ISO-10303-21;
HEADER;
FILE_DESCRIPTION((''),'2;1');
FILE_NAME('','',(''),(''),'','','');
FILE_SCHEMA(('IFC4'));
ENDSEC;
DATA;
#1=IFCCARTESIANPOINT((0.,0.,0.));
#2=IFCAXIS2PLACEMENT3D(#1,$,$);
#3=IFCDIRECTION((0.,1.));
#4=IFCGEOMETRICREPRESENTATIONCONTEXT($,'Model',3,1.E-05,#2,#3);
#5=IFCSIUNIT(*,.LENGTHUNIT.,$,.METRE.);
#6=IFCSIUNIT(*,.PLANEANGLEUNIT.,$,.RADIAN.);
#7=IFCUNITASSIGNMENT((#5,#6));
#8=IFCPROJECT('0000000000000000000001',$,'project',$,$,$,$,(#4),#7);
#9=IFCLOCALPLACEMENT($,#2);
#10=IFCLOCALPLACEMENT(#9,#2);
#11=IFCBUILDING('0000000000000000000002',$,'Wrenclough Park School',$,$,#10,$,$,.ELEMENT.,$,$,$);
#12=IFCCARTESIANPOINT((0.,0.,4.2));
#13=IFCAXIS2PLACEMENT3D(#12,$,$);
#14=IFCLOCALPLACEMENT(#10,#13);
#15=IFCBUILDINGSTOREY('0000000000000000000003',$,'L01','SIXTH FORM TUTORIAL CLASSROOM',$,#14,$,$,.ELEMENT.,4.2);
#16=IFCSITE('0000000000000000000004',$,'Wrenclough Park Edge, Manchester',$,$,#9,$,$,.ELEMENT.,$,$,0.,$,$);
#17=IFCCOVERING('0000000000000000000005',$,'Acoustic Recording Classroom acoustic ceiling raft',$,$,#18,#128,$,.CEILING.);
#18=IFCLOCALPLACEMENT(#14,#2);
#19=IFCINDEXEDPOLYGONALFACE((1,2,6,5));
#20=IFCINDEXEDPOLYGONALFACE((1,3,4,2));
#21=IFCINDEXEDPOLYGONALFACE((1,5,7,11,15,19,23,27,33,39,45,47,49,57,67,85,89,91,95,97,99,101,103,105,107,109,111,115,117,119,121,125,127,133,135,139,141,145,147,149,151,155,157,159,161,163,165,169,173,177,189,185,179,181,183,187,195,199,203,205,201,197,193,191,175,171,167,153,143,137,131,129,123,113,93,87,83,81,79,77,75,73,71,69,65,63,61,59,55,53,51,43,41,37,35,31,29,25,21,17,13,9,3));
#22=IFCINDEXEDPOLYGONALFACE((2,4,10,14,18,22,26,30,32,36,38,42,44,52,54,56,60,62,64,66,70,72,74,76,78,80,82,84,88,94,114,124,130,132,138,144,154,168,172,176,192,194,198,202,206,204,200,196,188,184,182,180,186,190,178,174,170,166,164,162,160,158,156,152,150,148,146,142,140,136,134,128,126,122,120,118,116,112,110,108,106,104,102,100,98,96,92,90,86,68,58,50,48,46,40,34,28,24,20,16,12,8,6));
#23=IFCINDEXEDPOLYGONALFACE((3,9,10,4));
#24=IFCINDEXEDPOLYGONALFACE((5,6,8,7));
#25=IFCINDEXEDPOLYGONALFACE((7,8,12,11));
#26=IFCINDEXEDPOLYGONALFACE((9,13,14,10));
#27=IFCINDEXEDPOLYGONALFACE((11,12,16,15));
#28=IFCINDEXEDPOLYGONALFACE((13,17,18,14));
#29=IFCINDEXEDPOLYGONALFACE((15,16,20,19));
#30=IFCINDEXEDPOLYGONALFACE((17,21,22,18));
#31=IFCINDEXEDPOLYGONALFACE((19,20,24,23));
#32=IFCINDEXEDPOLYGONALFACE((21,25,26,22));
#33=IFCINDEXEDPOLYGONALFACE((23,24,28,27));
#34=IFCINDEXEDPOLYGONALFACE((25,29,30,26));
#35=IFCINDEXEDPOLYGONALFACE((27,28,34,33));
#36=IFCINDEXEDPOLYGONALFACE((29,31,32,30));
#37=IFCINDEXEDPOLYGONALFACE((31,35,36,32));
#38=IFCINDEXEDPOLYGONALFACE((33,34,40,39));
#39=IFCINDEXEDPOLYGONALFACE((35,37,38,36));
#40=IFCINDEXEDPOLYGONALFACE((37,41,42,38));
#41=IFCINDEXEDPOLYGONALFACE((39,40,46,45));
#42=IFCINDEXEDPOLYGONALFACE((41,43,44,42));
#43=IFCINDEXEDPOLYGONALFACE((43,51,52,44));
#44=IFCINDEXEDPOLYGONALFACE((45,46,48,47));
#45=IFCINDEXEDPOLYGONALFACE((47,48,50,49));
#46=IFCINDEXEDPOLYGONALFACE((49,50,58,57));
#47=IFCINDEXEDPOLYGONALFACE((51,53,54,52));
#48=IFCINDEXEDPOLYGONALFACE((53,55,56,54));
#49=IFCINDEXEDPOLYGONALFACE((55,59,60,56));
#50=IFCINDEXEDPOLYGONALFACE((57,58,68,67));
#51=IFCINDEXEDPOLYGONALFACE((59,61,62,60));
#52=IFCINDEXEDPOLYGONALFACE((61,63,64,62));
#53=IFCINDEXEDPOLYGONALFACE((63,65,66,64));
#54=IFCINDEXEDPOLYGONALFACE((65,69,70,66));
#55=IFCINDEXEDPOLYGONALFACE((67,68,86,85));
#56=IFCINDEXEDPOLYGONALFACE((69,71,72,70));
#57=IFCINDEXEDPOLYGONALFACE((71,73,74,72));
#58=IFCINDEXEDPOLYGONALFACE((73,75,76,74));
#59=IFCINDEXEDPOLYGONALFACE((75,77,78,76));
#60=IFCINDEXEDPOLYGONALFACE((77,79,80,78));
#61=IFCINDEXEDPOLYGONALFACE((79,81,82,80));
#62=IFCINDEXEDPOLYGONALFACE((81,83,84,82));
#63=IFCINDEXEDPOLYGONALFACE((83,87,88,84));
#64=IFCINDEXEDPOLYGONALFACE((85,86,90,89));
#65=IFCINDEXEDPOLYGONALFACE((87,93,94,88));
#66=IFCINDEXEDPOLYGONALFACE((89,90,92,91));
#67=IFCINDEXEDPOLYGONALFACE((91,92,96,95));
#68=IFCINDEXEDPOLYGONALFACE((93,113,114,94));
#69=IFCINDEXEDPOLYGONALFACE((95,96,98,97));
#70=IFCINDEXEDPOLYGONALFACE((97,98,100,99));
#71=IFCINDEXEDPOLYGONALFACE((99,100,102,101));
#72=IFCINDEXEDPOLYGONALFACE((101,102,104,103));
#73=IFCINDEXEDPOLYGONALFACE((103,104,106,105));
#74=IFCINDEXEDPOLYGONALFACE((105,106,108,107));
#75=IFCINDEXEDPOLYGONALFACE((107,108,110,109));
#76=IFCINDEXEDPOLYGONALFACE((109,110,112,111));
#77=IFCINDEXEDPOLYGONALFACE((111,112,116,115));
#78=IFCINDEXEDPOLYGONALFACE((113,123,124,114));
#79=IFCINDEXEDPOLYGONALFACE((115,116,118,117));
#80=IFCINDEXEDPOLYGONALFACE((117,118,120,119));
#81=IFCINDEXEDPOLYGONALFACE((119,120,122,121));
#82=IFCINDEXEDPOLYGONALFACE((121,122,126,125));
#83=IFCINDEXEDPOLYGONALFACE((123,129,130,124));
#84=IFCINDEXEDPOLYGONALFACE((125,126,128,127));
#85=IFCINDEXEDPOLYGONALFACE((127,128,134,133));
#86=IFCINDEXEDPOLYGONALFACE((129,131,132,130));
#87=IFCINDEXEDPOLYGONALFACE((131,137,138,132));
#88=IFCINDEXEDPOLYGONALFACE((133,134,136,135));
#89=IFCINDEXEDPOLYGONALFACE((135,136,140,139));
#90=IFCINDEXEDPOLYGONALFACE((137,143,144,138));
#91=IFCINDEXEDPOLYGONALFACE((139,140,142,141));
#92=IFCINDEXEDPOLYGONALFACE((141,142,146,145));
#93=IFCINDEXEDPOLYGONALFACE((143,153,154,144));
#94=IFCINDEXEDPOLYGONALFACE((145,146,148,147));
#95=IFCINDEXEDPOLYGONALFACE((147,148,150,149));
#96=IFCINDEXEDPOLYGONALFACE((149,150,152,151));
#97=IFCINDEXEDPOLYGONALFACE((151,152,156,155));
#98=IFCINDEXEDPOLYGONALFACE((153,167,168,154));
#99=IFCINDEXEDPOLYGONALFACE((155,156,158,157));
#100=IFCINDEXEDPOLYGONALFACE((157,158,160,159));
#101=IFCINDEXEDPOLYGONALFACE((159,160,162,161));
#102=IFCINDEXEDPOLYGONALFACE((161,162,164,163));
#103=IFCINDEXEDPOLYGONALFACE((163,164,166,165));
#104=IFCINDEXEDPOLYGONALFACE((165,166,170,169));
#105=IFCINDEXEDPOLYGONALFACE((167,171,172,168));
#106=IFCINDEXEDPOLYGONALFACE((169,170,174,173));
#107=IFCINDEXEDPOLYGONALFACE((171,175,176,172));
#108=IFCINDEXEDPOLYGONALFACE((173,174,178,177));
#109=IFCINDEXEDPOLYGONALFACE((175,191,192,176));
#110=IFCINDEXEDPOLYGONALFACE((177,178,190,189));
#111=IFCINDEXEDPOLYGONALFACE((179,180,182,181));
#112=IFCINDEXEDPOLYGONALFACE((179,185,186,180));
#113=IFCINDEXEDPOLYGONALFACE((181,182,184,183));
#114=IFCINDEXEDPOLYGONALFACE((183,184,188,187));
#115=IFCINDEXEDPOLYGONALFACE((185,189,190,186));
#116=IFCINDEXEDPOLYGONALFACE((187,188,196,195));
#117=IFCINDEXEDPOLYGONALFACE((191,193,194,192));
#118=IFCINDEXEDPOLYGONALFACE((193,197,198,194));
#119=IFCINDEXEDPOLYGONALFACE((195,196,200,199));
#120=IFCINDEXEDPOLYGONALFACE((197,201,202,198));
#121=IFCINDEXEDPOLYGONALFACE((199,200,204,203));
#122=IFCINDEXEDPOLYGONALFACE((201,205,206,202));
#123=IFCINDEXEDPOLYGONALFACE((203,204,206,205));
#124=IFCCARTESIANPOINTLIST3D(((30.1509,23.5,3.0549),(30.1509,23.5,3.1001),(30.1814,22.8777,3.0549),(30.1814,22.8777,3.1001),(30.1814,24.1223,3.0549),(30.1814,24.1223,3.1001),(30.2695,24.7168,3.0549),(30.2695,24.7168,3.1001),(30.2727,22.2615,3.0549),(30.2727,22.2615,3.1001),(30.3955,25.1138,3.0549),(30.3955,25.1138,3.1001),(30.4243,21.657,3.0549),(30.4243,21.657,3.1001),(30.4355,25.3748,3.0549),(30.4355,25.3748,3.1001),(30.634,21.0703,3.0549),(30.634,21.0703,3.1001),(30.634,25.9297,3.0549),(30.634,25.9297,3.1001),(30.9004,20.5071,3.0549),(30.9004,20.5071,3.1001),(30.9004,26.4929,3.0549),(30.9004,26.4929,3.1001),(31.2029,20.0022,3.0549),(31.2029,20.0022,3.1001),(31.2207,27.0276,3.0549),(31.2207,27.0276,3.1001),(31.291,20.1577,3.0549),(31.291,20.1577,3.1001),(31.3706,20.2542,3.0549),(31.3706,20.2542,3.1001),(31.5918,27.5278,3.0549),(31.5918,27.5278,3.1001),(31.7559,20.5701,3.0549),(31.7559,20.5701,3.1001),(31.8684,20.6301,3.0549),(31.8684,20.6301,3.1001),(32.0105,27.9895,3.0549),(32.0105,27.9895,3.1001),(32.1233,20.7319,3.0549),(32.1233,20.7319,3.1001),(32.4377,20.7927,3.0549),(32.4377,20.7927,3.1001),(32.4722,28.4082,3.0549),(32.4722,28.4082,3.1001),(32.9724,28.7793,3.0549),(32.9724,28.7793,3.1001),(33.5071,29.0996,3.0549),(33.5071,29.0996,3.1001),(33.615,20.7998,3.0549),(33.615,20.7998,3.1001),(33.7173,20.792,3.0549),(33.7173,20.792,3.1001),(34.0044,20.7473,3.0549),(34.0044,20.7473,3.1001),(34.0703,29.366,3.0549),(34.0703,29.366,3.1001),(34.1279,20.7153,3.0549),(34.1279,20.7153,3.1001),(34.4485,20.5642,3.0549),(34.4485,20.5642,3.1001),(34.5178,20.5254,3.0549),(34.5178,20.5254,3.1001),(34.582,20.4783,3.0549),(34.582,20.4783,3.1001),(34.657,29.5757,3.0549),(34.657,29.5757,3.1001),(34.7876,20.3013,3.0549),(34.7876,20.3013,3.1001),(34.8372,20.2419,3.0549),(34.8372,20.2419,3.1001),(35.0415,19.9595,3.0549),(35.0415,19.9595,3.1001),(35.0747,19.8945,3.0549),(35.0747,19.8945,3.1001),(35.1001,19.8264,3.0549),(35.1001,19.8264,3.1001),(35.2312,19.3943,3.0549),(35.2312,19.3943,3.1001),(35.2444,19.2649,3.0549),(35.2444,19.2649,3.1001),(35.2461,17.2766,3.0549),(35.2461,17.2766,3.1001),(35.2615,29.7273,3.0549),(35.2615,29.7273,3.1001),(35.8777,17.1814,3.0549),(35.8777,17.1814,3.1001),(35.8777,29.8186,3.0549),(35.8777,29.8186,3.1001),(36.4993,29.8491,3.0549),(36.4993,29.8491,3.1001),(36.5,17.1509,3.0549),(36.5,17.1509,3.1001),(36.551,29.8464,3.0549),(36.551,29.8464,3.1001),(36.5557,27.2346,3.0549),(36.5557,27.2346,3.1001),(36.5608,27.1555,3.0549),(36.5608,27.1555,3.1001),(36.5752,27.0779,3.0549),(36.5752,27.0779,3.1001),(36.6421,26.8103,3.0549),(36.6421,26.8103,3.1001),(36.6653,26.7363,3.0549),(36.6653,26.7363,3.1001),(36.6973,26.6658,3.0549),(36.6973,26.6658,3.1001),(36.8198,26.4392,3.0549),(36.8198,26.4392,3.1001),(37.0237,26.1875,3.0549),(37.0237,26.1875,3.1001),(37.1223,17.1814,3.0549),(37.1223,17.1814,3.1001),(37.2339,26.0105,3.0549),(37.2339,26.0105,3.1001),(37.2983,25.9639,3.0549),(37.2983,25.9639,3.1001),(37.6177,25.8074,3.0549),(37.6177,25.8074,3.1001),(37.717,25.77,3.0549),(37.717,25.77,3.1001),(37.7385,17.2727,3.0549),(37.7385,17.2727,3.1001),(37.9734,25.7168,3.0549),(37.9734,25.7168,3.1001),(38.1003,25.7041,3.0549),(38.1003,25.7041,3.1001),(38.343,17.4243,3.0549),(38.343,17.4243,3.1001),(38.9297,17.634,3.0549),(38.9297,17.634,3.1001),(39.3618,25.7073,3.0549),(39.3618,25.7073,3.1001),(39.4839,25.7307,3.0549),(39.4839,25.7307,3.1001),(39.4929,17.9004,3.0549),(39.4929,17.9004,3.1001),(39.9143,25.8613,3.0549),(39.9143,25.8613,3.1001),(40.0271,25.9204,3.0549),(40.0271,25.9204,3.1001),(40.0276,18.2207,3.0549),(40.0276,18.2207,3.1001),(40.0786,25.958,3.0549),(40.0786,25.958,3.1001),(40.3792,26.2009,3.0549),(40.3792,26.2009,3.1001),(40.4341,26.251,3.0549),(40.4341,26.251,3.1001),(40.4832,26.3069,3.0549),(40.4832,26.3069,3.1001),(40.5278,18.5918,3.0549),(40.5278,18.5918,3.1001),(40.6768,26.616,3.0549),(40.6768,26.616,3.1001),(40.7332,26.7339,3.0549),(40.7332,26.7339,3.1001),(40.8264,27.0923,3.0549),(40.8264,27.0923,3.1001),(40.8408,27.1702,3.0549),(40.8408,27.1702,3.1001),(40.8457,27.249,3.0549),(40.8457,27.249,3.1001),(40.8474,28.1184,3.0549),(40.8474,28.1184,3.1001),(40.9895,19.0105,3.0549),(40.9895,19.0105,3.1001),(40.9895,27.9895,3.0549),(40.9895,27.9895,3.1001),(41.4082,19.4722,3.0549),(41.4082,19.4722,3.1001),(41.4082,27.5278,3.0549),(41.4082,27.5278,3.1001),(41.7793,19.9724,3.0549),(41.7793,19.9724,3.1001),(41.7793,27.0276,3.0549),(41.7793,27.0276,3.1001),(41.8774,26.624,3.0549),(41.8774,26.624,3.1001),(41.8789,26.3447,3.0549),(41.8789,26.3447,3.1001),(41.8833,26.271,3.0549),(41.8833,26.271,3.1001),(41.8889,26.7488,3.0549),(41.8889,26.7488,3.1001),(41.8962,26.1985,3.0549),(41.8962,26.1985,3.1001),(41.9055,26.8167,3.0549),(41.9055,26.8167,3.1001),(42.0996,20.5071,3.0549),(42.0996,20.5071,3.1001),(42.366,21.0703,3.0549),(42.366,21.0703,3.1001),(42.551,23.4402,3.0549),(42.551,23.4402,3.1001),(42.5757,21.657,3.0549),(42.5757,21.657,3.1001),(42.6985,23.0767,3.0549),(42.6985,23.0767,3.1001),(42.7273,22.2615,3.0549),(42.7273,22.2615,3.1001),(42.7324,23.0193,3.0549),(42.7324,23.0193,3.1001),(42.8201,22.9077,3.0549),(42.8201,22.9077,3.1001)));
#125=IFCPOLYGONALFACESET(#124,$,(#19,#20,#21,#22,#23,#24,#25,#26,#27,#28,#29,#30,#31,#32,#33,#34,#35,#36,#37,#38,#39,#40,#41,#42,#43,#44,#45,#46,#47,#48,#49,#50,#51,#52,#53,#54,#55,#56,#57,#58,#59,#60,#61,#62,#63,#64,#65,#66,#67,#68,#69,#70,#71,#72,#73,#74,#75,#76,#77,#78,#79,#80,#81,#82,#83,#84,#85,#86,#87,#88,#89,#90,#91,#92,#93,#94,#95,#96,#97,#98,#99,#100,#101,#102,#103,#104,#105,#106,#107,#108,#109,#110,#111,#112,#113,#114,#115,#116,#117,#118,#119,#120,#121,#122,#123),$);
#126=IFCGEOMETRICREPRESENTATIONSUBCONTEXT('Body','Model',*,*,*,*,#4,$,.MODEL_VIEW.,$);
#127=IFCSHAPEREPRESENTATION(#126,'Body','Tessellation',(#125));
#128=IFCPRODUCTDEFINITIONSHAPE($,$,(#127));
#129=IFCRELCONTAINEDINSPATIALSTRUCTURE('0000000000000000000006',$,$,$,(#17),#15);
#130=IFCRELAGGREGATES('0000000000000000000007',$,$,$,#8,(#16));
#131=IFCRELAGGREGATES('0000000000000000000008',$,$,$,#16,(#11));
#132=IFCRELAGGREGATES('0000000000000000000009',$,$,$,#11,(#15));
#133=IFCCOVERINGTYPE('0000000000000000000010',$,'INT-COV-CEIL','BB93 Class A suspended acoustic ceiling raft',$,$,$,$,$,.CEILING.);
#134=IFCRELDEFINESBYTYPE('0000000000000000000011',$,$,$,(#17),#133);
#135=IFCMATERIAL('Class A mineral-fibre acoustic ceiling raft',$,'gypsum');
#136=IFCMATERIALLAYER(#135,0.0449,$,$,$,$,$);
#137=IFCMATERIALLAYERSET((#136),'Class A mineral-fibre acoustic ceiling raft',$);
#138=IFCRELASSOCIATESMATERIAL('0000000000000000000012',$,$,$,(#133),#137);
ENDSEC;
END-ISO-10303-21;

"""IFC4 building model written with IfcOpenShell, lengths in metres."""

from ifc_helpers import new_model, si_unit, direction, frame, origin, place, context, subcontext, project, spatial, polyline, outline, extrude, material, layer, layer_set, type_object, element, save


model = new_model("IFC4")

# Units and contexts
model_context = context("Model", 3, precision=1e-05, world=origin(), true_north=direction((0.0, 1.0)))
body_context = subcontext(model_context, "Body", "Model", "MODEL_VIEW")
ifc_project = project(units=[si_unit("LENGTHUNIT", "METRE"), si_unit("PLANEANGLEUNIT", "RADIAN")], contexts=[model_context])

# Site, building, storey
site_placement = place(None, origin())
site = spatial("IfcSite", under=ifc_project, at=site_placement, Name="Wrenclough Park Edge, Manchester", CompositionType="ELEMENT", RefElevation=0.0)
building_placement = place(site_placement, origin())
building = spatial("IfcBuilding", under=site, at=building_placement, Name="Wrenclough Park School", CompositionType="ELEMENT")
storey_placement = place(building_placement, frame((0.0, 0.0, 4.2)))
storey = spatial("IfcBuildingStorey", under=building, at=storey_placement, Name="L01", Description="SIXTH FORM TUTORIAL CLASSROOM", CompositionType="ELEMENT", Elevation=4.2)

# Covering
ifc_material_1 = material(Name="Class A mineral-fibre acoustic ceiling raft", Category="gypsum")
ifc_layer_1 = layer(ifc_material_1, 0.0449)
ifc_layer_set_1 = layer_set([ifc_layer_1], Name="Class A mineral-fibre acoustic ceiling raft")
covering_type = type_object("IfcCoveringType", Name="INT-COV-CEIL", Description="BB93 Class A suspended acoustic ceiling raft", PredefinedType="CEILING", material=ifc_layer_set_1)
covering_1_placement = place(storey_placement, frame((0.0, 0.0, 3.0549)))
element("IfcCovering", 1, at=covering_1_placement, inside=storey, type_object=covering_type, Name="Acoustic Recording Classroom acoustic ceiling raft", PredefinedType="CEILING", context=body_context, shape_type="SweptSolid", body=[
    extrude(outline(polyline([(30.9004, 20.5071), (31.2029, 20.0022), (31.291, 20.1577), (31.3706, 20.2542), (31.7559, 20.5701), (31.8684, 20.6301), (32.1233, 20.7319), (32.4377, 20.7927), (33.615, 20.7998), (33.7173, 20.792), (34.0044, 20.7473), (34.1279, 20.7153), (34.4485, 20.5642), (34.5178, 20.5254), (34.582, 20.4783), (34.7876, 20.3013), (34.8372, 20.2419), (35.0415, 19.9595), (35.0747, 19.8945), (35.1001, 19.8264), (35.2312, 19.3943), (35.2444, 19.2649), (35.2461, 17.2766), (35.8777, 17.1814), (36.5, 17.1509), (37.1223, 17.1814), (37.7385, 17.2727), (38.343, 17.4243), (38.9297, 17.634), (39.4929, 17.9004), (40.0276, 18.2207), (40.5278, 18.5918), (40.9895, 19.0105), (41.4082, 19.4722), (41.7793, 19.9724), (42.0996, 20.5071), (42.366, 21.0703), (42.5757, 21.657), (42.7273, 22.2615), (42.8201, 22.9077), (42.7324, 23.0193), (42.6985, 23.0767), (42.551, 23.4402), (41.8962, 26.1985), (41.8833, 26.271), (41.8789, 26.3447), (41.8774, 26.624), (41.8889, 26.7488), (41.9055, 26.8167), (41.7793, 27.0276), (41.4082, 27.5278), (40.9895, 27.9895), (40.8474, 28.1184), (40.8457, 27.249), (40.8408, 27.1702), (40.8264, 27.0923), (40.7332, 26.7339), (40.6768, 26.616), (40.4832, 26.3069), (40.4341, 26.251), (40.3792, 26.2009), (40.0786, 25.958), (40.0271, 25.9204), (39.9143, 25.8613), (39.4839, 25.7307), (39.3618, 25.7073), (38.1003, 25.7041), (37.9734, 25.7168), (37.717, 25.77), (37.6177, 25.8074), (37.2983, 25.9639), (37.2339, 26.0105), (37.0237, 26.1875), (36.8198, 26.4392), (36.6973, 26.6658), (36.6653, 26.7363), (36.6421, 26.8103), (36.5752, 27.0779), (36.5608, 27.1555), (36.5557, 27.2346), (36.551, 29.8464), (36.4993, 29.8491), (35.8777, 29.8186), (35.2615, 29.7273), (34.657, 29.5757), (34.0703, 29.366), (33.5071, 29.0996), (32.9724, 28.7793), (32.4722, 28.4082), (32.0105, 27.9895), (31.5918, 27.5278), (31.2207, 27.0276), (30.9004, 26.4929), (30.634, 25.9297), (30.4355, 25.3748), (30.3955, 25.1138), (30.2695, 24.7168), (30.1814, 24.1223), (30.1509, 23.5), (30.1814, 22.8777), (30.2727, 22.2615), (30.4243, 21.657), (30.634, 21.0703), (30.9004, 20.5071)])), origin(), (0.0, 0.0, 1.0), 0.0452),
])

save(model, "model.ifc")
